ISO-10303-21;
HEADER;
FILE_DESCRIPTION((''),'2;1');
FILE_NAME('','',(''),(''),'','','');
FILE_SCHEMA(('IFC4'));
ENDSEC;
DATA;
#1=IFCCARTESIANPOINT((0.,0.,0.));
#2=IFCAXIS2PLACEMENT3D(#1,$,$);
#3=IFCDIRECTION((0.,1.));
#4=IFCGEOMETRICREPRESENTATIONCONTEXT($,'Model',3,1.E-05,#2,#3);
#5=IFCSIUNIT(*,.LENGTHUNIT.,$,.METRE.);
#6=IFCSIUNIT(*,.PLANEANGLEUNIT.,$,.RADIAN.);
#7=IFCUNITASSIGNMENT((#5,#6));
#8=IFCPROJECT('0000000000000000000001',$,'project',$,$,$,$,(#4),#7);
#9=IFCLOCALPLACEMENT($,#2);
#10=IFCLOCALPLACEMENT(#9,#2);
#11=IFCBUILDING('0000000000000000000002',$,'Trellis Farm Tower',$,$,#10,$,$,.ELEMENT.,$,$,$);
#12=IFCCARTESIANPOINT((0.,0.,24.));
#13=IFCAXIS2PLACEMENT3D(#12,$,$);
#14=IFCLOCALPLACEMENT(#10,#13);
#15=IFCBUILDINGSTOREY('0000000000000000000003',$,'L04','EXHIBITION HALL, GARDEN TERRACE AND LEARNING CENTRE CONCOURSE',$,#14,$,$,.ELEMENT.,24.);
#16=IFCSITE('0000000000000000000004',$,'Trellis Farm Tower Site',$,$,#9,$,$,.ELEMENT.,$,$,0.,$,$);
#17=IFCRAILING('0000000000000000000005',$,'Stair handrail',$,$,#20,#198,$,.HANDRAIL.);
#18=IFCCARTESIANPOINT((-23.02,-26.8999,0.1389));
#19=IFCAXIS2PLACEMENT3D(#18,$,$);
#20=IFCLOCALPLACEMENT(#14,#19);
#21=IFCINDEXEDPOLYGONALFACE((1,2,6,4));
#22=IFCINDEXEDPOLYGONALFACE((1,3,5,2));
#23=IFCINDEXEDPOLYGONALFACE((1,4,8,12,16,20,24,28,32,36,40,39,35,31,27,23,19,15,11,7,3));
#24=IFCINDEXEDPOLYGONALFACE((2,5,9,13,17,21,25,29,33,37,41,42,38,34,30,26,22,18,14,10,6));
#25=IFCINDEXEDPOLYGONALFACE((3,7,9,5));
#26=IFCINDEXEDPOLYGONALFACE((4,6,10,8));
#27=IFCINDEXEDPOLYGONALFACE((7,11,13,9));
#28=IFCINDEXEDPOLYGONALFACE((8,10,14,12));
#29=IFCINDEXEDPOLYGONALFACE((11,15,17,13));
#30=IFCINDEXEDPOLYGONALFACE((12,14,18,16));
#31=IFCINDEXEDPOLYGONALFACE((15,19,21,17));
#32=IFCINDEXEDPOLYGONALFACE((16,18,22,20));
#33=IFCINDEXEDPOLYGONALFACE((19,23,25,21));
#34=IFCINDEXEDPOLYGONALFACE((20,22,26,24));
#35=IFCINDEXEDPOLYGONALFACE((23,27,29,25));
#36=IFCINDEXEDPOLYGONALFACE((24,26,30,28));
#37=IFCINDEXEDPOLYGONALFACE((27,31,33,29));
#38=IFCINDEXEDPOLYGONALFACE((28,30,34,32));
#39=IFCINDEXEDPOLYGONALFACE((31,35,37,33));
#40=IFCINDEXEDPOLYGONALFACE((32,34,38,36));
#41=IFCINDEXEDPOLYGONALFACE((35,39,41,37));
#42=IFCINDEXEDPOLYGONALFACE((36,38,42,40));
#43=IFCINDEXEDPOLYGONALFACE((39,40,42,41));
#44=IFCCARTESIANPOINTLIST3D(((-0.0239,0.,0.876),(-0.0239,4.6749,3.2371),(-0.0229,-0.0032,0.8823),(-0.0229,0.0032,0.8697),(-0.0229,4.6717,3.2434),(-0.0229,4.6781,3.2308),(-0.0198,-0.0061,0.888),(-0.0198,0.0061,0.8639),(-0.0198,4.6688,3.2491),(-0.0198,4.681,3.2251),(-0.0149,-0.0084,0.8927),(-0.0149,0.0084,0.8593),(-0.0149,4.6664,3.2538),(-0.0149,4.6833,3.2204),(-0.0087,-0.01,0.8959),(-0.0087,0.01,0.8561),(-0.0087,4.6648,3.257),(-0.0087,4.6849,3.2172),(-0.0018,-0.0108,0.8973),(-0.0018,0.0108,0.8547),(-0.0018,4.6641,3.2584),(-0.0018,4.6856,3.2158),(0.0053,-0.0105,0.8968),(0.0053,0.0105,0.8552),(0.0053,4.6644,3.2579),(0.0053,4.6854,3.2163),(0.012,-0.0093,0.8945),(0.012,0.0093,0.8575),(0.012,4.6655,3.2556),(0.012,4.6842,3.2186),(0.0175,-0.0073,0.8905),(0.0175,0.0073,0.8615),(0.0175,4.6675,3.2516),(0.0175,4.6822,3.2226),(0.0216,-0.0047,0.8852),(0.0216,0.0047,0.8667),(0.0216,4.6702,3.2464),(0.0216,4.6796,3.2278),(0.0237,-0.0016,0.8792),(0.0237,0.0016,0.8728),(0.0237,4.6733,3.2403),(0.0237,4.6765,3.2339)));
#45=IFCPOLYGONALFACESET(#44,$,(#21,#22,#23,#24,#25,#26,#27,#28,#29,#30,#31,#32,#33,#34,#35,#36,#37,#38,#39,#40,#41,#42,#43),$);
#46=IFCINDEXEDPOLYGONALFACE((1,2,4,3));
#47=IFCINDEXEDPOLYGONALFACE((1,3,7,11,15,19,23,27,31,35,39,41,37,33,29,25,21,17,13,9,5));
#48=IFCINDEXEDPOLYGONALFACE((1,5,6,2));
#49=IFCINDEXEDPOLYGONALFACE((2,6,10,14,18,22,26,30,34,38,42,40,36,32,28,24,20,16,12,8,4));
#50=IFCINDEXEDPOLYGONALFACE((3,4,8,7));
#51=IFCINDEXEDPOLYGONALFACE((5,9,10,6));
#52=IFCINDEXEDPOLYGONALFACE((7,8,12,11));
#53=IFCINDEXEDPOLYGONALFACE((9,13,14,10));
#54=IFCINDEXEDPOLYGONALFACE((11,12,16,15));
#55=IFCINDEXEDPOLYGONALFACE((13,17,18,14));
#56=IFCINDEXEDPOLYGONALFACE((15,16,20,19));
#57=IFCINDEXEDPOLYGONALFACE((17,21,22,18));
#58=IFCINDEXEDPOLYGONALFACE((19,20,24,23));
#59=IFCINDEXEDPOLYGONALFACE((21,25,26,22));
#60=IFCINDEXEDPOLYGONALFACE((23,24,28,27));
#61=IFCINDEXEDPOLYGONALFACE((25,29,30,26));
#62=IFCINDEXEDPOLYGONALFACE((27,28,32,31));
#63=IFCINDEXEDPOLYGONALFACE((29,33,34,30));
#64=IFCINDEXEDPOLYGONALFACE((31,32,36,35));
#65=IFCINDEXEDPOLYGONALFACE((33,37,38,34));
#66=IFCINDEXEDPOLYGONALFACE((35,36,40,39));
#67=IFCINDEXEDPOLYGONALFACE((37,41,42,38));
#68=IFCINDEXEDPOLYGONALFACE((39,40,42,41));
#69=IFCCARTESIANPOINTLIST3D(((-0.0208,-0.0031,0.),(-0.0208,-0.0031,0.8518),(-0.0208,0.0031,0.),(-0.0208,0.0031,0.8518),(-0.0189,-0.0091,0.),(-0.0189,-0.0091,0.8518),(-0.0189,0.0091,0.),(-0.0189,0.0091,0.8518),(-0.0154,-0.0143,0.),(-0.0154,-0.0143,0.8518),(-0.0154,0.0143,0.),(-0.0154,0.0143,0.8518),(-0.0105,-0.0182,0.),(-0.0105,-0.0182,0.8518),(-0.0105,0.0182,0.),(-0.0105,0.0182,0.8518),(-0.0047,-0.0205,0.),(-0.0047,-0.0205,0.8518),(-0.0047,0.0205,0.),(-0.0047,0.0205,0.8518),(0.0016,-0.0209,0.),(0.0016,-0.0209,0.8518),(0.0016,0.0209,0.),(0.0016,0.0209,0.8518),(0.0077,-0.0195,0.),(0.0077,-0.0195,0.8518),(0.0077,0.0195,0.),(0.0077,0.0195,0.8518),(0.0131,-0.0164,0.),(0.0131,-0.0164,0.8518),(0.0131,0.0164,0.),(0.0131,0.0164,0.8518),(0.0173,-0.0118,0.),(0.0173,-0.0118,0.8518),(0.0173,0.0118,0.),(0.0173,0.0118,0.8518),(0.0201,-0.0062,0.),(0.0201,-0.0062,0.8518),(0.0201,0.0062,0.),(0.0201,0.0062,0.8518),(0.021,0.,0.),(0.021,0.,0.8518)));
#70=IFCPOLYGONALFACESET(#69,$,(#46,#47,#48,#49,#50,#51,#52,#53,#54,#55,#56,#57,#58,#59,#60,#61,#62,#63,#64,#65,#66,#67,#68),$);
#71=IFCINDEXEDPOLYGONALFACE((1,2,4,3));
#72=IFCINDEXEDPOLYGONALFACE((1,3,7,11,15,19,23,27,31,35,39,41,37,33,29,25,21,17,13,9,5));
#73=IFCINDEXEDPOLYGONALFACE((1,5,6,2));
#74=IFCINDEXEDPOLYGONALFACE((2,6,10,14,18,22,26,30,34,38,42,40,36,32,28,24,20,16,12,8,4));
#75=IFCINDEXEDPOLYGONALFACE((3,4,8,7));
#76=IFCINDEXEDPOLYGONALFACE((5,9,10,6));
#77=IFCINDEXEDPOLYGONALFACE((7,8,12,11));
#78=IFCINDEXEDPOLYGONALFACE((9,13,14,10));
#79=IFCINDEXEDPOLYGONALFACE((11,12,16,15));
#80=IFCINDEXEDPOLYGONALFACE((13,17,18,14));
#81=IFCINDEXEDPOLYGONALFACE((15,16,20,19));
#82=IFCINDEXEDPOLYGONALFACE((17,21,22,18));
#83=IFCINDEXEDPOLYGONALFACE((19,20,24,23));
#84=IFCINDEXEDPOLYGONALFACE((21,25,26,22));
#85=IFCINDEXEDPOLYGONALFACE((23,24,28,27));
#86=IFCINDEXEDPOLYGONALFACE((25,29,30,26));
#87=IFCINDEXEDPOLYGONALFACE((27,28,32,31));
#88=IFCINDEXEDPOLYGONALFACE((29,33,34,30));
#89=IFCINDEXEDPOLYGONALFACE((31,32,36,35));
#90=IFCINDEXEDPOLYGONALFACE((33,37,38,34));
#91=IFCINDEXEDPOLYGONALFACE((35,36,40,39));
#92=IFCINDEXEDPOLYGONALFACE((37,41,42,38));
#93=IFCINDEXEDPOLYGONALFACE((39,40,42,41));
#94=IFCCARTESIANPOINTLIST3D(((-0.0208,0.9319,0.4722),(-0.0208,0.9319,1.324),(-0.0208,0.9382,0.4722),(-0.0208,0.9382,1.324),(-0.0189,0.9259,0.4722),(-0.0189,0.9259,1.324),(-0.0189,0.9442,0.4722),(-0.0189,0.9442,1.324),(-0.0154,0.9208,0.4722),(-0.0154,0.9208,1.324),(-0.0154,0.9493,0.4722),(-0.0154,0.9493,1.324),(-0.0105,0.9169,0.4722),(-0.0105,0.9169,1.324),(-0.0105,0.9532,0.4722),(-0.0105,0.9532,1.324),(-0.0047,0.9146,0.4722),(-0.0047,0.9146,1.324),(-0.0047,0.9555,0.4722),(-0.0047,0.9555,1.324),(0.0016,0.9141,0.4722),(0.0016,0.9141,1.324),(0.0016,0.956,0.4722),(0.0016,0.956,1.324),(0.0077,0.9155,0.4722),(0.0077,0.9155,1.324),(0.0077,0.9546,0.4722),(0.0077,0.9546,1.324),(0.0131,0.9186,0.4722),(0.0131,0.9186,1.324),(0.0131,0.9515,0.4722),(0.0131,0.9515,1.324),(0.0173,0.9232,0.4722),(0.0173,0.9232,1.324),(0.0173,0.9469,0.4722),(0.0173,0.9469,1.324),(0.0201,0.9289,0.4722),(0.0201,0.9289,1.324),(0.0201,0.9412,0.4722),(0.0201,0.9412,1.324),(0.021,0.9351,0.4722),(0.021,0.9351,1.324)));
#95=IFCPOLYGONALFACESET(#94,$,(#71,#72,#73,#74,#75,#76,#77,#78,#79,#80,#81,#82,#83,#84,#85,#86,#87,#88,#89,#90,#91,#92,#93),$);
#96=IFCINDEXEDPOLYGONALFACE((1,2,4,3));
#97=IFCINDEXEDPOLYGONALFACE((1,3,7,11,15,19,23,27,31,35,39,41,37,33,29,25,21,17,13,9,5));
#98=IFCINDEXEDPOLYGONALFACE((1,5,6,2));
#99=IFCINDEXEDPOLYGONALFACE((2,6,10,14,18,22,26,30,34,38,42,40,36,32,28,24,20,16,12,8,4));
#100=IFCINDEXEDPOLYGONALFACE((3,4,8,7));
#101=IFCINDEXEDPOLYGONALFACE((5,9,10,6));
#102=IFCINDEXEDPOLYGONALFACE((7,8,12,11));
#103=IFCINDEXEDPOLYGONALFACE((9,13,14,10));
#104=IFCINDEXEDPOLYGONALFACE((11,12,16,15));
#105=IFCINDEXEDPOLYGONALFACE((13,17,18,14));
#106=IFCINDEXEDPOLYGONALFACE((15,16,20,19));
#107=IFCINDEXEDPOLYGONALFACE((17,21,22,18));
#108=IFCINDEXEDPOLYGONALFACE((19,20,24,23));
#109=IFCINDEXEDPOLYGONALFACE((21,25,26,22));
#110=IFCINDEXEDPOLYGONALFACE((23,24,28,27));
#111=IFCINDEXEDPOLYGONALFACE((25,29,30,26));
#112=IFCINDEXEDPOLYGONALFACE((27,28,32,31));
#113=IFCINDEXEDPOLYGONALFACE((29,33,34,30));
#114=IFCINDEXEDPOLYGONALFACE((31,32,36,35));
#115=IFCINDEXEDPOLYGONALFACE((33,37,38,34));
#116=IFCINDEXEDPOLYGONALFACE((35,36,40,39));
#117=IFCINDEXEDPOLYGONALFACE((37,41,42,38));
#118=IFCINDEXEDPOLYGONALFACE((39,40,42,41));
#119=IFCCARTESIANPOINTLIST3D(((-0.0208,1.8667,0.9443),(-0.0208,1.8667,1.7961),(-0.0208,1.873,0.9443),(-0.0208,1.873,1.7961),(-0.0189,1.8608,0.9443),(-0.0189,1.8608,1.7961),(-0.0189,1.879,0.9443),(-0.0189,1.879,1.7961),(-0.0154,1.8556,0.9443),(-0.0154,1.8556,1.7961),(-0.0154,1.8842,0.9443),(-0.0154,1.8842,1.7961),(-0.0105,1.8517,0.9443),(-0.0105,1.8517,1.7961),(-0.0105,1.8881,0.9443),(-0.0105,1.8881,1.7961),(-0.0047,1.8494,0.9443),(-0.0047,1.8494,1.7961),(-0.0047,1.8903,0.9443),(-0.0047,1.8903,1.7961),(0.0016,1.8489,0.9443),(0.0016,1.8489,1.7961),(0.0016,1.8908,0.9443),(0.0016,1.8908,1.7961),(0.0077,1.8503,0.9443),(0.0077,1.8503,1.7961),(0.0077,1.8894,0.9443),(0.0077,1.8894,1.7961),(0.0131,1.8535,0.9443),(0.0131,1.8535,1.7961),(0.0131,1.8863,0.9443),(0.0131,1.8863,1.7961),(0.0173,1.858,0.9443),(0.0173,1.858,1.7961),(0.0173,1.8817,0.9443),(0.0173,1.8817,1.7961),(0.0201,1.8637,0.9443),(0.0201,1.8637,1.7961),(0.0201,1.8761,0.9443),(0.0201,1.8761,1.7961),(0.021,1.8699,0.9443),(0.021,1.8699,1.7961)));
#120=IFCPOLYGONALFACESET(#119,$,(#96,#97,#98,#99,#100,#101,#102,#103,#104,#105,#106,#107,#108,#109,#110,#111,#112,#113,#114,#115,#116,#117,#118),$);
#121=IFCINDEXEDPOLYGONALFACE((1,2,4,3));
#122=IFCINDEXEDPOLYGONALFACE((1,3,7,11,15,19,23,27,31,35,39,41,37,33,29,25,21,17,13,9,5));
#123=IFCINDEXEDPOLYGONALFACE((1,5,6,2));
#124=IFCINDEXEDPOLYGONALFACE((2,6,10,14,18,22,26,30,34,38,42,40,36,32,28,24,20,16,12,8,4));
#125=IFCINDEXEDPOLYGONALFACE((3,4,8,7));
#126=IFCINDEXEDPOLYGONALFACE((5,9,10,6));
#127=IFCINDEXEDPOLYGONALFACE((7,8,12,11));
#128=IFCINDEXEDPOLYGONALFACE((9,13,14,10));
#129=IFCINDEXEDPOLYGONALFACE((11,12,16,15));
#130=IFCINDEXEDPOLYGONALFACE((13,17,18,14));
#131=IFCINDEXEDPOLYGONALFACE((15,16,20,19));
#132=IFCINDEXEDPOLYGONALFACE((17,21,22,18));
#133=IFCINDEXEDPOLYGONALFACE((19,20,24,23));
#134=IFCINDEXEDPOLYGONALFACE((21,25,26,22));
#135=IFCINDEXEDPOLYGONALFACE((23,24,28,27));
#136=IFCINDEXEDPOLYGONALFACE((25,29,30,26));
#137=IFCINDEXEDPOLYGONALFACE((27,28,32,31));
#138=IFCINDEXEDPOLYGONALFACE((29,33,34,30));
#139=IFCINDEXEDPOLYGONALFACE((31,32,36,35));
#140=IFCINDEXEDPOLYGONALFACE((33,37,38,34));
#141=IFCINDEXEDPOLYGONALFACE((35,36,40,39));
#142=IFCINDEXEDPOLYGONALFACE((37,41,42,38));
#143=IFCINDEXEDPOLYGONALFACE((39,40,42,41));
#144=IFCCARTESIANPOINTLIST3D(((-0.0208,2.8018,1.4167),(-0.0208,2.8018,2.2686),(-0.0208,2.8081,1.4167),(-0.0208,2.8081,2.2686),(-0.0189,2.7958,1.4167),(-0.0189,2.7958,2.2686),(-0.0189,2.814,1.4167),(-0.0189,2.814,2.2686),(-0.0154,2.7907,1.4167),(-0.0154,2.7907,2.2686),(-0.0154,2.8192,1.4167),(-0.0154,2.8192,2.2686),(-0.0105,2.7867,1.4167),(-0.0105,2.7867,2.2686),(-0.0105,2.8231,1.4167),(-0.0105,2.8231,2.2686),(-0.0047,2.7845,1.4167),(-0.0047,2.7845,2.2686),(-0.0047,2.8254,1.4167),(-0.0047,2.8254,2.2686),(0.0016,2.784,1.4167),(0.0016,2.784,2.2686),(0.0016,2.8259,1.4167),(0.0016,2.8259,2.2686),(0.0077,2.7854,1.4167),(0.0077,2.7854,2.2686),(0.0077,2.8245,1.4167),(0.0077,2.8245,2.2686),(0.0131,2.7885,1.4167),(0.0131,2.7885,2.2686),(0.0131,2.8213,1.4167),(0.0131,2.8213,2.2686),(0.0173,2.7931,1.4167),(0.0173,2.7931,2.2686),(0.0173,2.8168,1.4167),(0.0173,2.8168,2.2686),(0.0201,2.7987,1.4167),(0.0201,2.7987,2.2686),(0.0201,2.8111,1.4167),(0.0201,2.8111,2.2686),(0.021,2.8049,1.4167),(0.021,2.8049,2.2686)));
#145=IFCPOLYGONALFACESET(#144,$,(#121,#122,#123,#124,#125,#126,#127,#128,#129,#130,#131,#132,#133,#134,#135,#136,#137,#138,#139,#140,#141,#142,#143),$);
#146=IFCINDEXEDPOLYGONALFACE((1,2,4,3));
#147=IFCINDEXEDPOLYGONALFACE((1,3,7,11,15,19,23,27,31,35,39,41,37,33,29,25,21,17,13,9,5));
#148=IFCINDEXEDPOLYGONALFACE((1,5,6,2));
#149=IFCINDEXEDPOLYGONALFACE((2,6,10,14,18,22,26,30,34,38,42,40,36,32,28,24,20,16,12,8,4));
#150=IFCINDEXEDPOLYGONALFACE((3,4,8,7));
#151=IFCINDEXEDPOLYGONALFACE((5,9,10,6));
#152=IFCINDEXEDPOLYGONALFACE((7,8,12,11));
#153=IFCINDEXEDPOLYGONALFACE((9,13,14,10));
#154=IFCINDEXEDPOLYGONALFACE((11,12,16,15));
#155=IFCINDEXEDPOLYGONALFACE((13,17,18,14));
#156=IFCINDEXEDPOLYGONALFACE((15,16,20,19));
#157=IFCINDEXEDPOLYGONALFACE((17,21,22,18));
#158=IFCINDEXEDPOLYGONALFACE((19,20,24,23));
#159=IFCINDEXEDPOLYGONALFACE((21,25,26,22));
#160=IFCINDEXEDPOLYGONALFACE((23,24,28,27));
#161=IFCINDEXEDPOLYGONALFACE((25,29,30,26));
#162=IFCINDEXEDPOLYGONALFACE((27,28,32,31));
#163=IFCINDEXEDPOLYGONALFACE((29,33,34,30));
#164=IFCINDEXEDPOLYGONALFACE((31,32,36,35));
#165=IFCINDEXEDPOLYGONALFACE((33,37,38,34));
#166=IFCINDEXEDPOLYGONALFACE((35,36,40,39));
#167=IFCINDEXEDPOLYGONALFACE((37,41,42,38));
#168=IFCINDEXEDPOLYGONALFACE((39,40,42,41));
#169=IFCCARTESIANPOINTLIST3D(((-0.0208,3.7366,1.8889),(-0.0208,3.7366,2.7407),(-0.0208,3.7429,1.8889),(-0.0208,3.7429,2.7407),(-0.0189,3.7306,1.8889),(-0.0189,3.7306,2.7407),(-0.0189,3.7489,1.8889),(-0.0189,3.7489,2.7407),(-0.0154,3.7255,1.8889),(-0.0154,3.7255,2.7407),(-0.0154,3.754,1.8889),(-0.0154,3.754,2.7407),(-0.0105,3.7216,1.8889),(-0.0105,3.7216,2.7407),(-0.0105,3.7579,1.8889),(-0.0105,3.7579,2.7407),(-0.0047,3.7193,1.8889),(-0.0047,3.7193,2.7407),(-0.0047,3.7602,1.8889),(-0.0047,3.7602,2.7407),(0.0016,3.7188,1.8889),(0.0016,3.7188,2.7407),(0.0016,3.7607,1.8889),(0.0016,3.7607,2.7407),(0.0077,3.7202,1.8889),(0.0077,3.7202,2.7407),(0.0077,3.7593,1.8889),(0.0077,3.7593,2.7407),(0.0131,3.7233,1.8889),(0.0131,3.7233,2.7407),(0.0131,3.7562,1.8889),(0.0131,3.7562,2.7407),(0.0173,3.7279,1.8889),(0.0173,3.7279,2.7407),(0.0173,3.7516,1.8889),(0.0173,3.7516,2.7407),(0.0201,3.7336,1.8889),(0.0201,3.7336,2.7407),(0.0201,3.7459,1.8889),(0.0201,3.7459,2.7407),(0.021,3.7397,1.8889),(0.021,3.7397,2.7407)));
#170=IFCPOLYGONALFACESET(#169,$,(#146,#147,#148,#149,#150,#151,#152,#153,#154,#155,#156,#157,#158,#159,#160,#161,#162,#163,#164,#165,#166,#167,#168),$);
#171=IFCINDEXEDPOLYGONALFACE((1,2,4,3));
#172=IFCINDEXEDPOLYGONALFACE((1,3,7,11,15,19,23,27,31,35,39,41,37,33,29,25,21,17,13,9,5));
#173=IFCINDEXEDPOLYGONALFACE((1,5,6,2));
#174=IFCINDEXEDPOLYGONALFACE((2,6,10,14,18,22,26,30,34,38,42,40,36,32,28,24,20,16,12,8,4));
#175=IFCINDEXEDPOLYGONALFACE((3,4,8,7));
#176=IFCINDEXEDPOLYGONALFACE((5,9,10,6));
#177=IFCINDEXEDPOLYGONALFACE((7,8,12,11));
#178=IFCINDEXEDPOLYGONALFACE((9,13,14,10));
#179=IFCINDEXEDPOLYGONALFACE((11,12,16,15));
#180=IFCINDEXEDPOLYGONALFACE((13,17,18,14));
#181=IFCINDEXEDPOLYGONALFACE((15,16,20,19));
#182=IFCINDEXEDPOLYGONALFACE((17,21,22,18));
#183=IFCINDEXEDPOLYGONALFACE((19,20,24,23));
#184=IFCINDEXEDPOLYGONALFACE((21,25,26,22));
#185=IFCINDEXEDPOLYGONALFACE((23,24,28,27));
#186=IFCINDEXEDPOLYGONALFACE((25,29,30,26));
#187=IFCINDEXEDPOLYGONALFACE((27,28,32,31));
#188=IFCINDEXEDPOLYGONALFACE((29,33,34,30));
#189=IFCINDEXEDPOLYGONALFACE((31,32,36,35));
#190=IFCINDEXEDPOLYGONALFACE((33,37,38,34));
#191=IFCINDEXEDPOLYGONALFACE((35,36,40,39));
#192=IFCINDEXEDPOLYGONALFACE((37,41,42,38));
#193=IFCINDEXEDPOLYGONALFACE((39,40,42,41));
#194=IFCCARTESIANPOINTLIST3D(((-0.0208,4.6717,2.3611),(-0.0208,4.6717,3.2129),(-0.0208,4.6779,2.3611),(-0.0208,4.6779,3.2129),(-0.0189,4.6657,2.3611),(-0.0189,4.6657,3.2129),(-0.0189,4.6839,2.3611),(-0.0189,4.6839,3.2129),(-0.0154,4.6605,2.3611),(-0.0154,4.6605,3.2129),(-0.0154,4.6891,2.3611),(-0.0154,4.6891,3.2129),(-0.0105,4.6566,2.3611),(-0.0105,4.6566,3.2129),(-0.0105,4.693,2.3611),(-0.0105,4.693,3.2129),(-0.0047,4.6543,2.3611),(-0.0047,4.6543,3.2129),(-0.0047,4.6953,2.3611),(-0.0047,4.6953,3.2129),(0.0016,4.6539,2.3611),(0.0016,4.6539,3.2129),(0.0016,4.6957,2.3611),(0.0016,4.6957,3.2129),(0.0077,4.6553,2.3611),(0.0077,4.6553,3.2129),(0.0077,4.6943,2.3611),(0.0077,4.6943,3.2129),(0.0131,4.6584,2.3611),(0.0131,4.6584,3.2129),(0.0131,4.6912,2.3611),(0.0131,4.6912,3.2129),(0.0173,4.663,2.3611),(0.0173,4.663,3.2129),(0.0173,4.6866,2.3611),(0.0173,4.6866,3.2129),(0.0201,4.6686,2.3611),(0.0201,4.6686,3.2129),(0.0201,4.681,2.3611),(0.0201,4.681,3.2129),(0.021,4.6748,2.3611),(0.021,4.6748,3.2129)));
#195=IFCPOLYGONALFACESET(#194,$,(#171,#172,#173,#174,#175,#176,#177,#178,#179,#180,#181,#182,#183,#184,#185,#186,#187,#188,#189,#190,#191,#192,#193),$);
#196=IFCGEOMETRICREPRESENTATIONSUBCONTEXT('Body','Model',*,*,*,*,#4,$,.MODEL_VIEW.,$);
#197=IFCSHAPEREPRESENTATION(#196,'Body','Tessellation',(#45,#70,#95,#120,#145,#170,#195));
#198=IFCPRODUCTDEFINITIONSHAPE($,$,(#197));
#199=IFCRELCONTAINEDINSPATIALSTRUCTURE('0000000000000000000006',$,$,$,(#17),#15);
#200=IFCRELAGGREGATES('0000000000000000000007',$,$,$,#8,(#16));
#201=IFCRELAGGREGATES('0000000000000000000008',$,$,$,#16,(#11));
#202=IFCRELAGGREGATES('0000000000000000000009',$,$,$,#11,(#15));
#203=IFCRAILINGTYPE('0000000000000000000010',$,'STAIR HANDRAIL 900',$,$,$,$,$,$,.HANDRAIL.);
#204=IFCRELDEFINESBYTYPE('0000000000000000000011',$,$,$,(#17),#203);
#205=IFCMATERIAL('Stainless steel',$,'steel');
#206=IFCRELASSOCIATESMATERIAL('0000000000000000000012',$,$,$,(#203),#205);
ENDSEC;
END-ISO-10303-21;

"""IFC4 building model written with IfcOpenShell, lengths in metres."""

from ifc_helpers import new_model, si_unit, direction, frame, origin, origin_2d, place, context, subcontext, project, spatial, circle, extrude, source, transform, mapped, material, type_object, element, save


model = new_model("IFC4")

# Units and contexts
model_context = context("Model", 3, precision=1e-05, world=origin(), true_north=direction((0.0, 1.0)))
body_context = subcontext(model_context, "Body", "Model", "MODEL_VIEW")
ifc_project = project(units=[si_unit("LENGTHUNIT", "METRE"), si_unit("PLANEANGLEUNIT", "RADIAN")], contexts=[model_context])

# Site, building, storey
site_placement = place(None, origin())
site = spatial("IfcSite", under=ifc_project, at=site_placement, Name="Trellis Farm Tower Site", CompositionType="ELEMENT", RefElevation=0.0)
building_placement = place(site_placement, origin())
building = spatial("IfcBuilding", under=site, at=building_placement, Name="Trellis Farm Tower", CompositionType="ELEMENT")
storey_placement = place(building_placement, frame((0.0, 0.0, 24.0)))
storey = spatial("IfcBuildingStorey", under=building, at=storey_placement, Name="L04", Description="EXHIBITION HALL, GARDEN TERRACE AND LEARNING CENTRE CONCOURSE", CompositionType="ELEMENT", Elevation=24.0)

# Railing
ifc_material_1 = material(Name="Stainless steel", Category="steel")
railing_type = type_object("IfcRailingType", Name="STAIR HANDRAIL 900", PredefinedType="HANDRAIL", material=ifc_material_1)
shared_shape_1 = source(origin(), body_context, "Body", "SweptSolid", [
    extrude(circle(Radius=0.0239, at=origin_2d()), frame((0.0, 0.0, 0.876), z_axis=(0.0, 0.892611, 0.450827), x_axis=(-1.0, 0.0, 0.0)), (0.0, 0.0, 1.0), 5.2373),
    extrude(circle(Radius=0.021, at=origin_2d()), origin(), (0.0, 0.0, 1.0), 0.8518),
    extrude(circle(Radius=0.021, at=origin_2d()), frame((0.0, 0.9351, 0.4722)), (0.0, 0.0, 1.0), 0.8518),
    extrude(circle(Radius=0.021, at=origin_2d()), frame((0.0, 1.8699, 0.9443)), (0.0, 0.0, 1.0), 0.8518),
    extrude(circle(Radius=0.021, at=origin_2d()), frame((0.0, 2.8049, 1.4167)), (0.0, 0.0, 1.0), 0.8518),
    extrude(circle(Radius=0.021, at=origin_2d()), frame((0.0, 3.7397, 1.8889)), (0.0, 0.0, 1.0), 0.8518),
    extrude(circle(Radius=0.021, at=origin_2d()), frame((0.0, 4.6748, 2.3611)), (0.0, 0.0, 1.0), 0.8518),
])
for number, where, name in (
    (1, (-23.02, -26.8999, 0.1389), "Stair handrail"),
):
    element("IfcRailing", number, at=place(storey_placement, frame(where)), inside=storey, type_object=railing_type, Name=name, PredefinedType="HANDRAIL", context=body_context, shape_type="MappedRepresentation", body=[
        mapped(shared_shape_1, transform((0.0, 0.0, 0.0))),
    ])

save(model, "model.ifc")
